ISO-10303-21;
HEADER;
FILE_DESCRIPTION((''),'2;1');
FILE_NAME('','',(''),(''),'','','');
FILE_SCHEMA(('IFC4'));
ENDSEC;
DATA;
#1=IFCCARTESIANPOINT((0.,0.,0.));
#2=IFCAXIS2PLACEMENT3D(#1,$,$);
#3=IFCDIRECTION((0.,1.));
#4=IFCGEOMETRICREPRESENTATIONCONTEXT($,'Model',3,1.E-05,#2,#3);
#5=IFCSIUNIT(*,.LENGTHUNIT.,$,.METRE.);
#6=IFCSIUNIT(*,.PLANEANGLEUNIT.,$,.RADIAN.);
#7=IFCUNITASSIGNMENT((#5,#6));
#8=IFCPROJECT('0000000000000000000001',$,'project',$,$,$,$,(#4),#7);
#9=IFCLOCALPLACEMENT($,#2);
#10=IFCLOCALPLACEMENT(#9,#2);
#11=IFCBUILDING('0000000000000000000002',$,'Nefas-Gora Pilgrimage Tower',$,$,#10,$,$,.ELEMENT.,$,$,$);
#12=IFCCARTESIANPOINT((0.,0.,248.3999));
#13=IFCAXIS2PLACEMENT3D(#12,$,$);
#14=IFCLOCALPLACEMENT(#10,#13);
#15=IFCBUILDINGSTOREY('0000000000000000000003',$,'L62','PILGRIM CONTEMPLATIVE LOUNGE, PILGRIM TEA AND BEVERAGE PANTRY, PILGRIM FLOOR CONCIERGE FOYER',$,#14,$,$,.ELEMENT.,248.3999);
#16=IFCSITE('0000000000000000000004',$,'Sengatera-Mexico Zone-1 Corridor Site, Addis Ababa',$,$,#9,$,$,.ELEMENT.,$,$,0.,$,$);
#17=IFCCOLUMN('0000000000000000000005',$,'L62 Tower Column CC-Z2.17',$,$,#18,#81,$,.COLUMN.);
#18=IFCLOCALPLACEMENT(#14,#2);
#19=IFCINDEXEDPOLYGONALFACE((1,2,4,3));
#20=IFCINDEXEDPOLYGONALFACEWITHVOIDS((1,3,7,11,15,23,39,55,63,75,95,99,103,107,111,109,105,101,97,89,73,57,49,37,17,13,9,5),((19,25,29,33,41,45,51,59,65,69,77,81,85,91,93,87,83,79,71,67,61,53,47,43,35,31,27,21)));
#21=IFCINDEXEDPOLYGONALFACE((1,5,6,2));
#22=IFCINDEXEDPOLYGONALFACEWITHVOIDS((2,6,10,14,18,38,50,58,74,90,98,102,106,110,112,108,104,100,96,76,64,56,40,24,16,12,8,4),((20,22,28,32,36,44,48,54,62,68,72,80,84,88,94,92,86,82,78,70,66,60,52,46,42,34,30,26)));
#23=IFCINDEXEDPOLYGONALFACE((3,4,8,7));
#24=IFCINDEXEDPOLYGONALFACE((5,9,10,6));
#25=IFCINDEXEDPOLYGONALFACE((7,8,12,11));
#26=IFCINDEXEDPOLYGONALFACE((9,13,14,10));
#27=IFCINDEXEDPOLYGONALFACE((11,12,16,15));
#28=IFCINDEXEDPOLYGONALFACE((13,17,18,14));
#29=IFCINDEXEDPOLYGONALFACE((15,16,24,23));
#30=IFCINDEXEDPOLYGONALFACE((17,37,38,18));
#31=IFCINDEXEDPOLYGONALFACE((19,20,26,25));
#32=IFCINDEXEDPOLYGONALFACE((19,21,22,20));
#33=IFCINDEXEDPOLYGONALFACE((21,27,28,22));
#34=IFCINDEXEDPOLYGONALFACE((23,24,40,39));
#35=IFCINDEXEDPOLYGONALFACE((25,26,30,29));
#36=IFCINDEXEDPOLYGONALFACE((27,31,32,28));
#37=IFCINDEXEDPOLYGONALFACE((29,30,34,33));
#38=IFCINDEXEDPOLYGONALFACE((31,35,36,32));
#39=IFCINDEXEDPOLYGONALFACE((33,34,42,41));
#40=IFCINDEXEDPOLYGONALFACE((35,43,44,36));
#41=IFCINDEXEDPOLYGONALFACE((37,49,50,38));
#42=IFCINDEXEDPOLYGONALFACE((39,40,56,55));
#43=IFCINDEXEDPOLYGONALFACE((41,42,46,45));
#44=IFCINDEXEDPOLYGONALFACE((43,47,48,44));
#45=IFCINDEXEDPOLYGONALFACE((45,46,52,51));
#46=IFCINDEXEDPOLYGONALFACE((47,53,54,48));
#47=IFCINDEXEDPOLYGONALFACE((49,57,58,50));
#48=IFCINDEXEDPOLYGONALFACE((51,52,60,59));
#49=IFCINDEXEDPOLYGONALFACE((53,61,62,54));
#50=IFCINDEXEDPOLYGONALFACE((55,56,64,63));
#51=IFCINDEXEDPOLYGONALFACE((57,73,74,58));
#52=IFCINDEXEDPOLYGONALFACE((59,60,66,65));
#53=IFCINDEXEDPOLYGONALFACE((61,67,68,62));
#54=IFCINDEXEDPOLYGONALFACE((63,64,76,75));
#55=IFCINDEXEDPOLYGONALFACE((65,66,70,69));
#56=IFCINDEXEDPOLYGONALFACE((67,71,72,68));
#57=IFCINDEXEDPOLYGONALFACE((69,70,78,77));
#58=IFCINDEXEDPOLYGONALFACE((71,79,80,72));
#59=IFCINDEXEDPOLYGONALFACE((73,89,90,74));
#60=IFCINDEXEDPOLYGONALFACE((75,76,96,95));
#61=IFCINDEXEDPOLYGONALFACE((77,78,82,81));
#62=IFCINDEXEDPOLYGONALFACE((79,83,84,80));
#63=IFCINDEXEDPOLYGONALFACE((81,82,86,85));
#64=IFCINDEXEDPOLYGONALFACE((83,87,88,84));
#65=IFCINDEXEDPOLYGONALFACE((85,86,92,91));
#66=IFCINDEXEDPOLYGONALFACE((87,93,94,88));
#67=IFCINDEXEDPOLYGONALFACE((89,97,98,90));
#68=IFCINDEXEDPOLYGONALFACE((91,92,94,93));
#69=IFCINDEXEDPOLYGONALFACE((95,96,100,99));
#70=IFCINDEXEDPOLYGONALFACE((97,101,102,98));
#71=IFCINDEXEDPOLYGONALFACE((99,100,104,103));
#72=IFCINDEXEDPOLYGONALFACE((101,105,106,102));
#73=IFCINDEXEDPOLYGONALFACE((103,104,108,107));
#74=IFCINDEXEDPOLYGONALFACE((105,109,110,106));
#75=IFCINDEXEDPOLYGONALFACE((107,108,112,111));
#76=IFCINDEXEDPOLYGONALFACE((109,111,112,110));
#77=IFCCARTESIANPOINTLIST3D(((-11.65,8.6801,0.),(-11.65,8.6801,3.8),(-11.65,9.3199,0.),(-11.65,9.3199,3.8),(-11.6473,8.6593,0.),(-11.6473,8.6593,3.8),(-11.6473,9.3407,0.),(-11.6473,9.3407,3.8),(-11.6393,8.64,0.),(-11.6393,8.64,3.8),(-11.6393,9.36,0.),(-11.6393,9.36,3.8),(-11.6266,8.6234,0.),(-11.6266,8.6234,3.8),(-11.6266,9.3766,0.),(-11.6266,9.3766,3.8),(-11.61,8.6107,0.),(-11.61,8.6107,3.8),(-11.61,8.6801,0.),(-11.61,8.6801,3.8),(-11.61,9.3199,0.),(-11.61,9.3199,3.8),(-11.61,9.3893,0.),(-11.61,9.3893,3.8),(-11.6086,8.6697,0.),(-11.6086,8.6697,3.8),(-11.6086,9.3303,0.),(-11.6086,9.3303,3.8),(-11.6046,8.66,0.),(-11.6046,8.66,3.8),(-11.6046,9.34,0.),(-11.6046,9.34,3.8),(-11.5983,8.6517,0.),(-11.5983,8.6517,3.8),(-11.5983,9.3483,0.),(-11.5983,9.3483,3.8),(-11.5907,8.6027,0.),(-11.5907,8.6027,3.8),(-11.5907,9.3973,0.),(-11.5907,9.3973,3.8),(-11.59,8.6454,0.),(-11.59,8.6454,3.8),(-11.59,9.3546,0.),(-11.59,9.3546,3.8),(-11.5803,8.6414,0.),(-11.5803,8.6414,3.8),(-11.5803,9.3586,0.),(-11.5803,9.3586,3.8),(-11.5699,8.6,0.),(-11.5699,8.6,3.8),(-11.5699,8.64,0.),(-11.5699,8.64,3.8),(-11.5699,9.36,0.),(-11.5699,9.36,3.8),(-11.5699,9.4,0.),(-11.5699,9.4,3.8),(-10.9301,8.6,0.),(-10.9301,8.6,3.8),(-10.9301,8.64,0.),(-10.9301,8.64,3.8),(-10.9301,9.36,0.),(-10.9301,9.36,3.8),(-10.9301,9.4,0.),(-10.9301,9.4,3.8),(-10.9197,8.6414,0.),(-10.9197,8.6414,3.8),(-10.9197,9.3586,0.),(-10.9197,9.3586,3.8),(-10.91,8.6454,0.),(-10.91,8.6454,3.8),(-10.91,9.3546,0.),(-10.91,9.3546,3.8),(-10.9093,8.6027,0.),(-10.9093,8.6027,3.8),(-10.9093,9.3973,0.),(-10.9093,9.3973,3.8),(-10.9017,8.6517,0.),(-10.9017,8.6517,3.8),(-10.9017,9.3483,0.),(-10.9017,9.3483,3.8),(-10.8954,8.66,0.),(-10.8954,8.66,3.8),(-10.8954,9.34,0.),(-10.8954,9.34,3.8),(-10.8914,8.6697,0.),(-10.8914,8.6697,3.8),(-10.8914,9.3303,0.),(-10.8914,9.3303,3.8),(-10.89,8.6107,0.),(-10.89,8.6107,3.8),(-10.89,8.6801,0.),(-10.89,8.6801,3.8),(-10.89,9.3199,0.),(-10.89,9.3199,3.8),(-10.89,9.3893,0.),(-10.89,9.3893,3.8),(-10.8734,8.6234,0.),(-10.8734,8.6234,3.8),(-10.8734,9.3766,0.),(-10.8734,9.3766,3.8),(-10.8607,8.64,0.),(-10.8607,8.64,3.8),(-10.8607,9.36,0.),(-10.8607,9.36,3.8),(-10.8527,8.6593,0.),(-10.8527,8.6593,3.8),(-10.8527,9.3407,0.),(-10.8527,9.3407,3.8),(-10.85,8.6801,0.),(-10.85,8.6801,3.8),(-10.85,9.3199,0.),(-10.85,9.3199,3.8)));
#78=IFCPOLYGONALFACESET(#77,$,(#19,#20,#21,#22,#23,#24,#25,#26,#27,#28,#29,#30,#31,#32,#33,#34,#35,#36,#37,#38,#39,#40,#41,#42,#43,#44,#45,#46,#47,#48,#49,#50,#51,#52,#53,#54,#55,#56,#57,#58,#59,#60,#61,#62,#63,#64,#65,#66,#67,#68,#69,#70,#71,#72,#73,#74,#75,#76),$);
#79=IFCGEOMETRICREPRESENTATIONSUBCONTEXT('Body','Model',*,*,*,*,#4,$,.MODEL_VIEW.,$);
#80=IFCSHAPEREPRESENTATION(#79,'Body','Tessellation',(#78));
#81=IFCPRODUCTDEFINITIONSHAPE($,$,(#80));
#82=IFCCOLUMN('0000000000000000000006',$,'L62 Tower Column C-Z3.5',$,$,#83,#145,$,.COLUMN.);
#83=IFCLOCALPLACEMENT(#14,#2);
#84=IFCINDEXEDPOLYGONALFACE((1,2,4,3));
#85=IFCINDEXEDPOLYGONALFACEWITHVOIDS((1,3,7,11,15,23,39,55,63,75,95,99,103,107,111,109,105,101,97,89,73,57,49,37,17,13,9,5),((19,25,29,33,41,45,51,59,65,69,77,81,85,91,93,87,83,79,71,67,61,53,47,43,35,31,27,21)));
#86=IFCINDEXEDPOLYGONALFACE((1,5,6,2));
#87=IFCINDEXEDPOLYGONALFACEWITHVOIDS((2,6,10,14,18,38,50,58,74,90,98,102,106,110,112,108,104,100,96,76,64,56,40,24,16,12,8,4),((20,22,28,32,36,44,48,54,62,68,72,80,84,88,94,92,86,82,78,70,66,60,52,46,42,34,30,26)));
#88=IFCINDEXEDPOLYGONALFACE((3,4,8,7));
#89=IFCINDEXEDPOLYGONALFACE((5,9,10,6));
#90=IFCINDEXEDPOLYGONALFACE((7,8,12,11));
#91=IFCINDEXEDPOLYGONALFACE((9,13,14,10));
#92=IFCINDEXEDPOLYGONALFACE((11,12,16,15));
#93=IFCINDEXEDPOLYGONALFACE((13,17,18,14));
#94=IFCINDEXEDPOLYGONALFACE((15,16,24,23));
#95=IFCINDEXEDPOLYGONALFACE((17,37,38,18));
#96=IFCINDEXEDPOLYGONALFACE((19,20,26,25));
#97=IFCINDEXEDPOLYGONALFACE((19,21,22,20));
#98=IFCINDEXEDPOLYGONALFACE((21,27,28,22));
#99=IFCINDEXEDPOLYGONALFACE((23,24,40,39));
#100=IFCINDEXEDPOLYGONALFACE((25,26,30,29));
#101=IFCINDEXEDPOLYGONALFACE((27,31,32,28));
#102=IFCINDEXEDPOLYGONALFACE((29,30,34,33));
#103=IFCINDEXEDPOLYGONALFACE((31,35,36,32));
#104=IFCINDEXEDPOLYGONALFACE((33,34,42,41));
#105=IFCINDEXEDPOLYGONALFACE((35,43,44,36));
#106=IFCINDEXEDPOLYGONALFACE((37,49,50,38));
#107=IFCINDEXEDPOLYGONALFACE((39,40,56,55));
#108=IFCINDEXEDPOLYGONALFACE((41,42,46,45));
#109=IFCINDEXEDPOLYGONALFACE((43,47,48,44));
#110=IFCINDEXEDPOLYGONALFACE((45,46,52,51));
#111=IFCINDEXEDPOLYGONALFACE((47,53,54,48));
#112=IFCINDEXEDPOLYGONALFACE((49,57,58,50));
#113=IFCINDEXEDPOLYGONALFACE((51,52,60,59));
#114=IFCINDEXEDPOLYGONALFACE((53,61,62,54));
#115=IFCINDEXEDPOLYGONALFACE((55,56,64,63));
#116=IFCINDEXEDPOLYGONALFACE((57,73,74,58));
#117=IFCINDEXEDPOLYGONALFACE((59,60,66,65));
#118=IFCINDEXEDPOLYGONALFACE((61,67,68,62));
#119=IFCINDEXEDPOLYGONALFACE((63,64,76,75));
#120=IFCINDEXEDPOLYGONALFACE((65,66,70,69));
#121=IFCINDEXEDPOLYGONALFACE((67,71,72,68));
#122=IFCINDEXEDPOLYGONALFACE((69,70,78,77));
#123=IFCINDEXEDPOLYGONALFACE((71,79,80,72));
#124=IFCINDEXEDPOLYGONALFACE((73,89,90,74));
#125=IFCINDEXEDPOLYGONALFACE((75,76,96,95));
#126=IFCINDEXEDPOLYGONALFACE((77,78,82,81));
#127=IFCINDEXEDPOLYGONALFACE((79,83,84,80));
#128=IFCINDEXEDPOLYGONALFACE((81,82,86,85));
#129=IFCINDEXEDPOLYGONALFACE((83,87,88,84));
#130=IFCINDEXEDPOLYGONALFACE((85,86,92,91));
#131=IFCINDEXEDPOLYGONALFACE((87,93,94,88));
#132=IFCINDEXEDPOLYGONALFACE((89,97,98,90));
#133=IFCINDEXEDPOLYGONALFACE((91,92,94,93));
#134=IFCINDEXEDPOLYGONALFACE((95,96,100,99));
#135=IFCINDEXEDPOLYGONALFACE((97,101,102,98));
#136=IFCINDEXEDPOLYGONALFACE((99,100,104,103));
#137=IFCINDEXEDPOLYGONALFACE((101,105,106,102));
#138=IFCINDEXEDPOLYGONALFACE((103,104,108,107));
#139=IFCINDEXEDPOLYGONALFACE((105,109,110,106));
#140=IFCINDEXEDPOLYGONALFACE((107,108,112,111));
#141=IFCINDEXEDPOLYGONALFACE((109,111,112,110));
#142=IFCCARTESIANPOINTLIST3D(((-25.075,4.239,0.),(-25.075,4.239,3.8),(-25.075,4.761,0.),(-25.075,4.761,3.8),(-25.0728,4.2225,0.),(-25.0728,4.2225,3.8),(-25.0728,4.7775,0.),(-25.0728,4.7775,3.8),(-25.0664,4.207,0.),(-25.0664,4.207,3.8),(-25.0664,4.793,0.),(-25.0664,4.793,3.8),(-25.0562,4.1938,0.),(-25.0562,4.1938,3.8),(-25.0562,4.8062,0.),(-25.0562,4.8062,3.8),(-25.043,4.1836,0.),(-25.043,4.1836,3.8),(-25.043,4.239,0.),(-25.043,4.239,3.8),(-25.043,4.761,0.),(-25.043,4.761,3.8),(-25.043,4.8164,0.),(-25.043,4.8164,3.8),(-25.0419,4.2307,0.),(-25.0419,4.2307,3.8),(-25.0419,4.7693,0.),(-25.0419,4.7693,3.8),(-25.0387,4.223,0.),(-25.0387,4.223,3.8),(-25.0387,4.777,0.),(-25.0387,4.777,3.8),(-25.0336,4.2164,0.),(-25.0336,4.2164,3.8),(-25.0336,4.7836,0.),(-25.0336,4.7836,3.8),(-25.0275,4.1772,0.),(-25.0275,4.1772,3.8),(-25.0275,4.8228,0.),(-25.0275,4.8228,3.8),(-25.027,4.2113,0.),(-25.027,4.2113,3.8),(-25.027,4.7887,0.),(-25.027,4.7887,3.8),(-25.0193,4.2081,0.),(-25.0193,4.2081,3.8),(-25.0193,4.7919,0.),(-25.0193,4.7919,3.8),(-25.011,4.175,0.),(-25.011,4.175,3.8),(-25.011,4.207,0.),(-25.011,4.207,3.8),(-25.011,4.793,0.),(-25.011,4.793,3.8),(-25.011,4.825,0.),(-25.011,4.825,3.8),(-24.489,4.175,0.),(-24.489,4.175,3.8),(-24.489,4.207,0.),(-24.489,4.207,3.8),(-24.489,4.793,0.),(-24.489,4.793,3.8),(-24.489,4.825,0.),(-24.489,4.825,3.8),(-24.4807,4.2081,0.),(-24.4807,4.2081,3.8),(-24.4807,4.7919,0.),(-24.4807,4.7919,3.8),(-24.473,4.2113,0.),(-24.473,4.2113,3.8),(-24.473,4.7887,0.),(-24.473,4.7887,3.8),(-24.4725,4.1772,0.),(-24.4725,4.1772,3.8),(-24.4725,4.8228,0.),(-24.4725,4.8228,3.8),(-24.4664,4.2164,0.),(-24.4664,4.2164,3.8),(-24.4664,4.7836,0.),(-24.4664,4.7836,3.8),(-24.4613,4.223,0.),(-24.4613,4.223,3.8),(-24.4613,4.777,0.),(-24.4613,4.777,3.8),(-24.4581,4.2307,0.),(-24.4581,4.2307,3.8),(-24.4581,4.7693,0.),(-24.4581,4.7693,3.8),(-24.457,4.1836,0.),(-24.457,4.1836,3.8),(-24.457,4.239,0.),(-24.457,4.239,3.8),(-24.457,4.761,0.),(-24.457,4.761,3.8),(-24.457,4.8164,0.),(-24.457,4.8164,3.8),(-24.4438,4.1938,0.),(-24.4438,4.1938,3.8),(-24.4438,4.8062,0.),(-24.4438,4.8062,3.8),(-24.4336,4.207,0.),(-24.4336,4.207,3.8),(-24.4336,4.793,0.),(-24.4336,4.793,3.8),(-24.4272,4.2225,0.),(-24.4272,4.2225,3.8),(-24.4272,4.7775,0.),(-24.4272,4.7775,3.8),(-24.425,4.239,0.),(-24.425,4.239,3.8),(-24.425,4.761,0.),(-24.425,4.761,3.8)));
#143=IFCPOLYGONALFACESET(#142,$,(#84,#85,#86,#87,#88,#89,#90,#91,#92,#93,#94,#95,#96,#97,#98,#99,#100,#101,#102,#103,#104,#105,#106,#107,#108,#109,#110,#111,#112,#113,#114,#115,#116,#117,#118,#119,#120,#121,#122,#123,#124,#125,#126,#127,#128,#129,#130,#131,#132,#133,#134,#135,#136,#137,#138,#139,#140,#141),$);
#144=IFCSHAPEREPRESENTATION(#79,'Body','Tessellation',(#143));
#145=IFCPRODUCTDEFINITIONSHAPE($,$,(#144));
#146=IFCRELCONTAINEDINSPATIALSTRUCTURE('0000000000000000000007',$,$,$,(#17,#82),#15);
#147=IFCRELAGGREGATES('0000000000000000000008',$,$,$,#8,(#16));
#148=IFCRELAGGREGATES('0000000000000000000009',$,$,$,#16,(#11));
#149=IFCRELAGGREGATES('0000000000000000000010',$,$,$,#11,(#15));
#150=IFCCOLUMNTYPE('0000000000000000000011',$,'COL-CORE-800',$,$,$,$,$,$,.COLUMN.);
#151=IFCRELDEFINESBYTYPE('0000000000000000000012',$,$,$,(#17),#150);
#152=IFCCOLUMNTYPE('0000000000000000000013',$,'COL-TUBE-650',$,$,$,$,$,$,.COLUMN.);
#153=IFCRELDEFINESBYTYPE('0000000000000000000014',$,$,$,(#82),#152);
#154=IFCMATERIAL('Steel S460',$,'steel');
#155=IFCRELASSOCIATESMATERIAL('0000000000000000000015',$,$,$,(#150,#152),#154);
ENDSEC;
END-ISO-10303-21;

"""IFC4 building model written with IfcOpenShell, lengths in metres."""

from ifc_helpers import new_model, si_unit, direction, frame, origin, origin_2d, place, context, subcontext, project, spatial, hollow_rectangle, extrude, source, transform, mapped, material, material_profile, profile_set, type_object, element, save


model = new_model("IFC4")

# Units and contexts
model_context = context("Model", 3, precision=1e-05, world=origin(), true_north=direction((0.0, 1.0)))
body_context = subcontext(model_context, "Body", "Model", "MODEL_VIEW")
ifc_project = project(units=[si_unit("LENGTHUNIT", "METRE"), si_unit("PLANEANGLEUNIT", "RADIAN")], contexts=[model_context])

# Site, building, storey
site_placement = place(None, origin())
site = spatial("IfcSite", under=ifc_project, at=site_placement, Name="Sengatera-Mexico Zone-1 Corridor Site, Addis Ababa", CompositionType="ELEMENT", RefElevation=0.0)
building_placement = place(site_placement, origin())
building = spatial("IfcBuilding", under=site, at=building_placement, Name="Nefas-Gora Pilgrimage Tower", CompositionType="ELEMENT")
storey_placement = place(building_placement, frame((0.0, 0.0, 248.3999)))
storey = spatial("IfcBuildingStorey", under=building, at=storey_placement, Name="L62", Description="PILGRIM CONTEMPLATIVE LOUNGE, PILGRIM TEA AND BEVERAGE PANTRY, PILGRIM FLOOR CONCIERGE FOYER", CompositionType="ELEMENT", Elevation=248.3999)

# Columns
ifc_material_1 = material(Name="Steel S460", Category="steel")
ifc_material_profile_1 = material_profile(ifc_material_1, hollow_rectangle(XDim=0.8, YDim=0.8, WallThickness=0.04, InnerFilletRadius=0.04, OuterFilletRadius=0.0801, at=origin_2d()), Name="BOX 800x800x40")
ifc_profile_set_1 = profile_set([ifc_material_profile_1], Name="Steel S460")
column_type_1 = type_object("IfcColumnType", Name="COL-CORE-800", PredefinedType="COLUMN", material=ifc_profile_set_1)
shared_shape_1 = source(origin(), body_context, "Body", "SweptSolid", [
    extrude(hollow_rectangle(XDim=0.8, YDim=0.8, WallThickness=0.04, InnerFilletRadius=0.04, OuterFilletRadius=0.0801, at=origin_2d()), origin(), (0.0, 0.0, 1.0), 3.8),
])
column_placement = place(storey_placement, frame((-11.25, 9.0, 0.0), z_axis=(0.0, 0.0, 1.0), x_axis=(1.0, 0.0, 0.0)))
element("IfcColumn", 1, at=column_placement, inside=storey, type_object=column_type_1, Name="L62 Tower Column CC-Z2.17", PredefinedType="COLUMN", context=body_context, shape_type="MappedRepresentation", body=[
    mapped(shared_shape_1, transform((0.0, 0.0, 0.0), x_axis=(1.0, 0.0, 0.0), y_axis=(0.0, 1.0, 0.0), z_axis=(0.0, 0.0, 1.0), scale=1.0)),
])
ifc_material_profile_2 = material_profile(ifc_material_1, hollow_rectangle(XDim=0.6499, YDim=0.6499, WallThickness=0.032, InnerFilletRadius=0.032, OuterFilletRadius=0.064, at=origin_2d()), Name="BOX 650x650x32")
ifc_profile_set_2 = profile_set([ifc_material_profile_2], Name="Steel S460")
column_type_2 = type_object("IfcColumnType", Name="COL-TUBE-650", PredefinedType="COLUMN", material=ifc_profile_set_2)
shared_shape_2 = source(origin(), body_context, "Body", "SweptSolid", [
    extrude(hollow_rectangle(XDim=0.6499, YDim=0.6499, WallThickness=0.032, InnerFilletRadius=0.032, OuterFilletRadius=0.064, at=origin_2d()), origin(), (0.0, 0.0, 1.0), 3.8),
])
for number, where, z_axis, x_axis, name in (
    (2, (-24.75, 4.5, 0.0), (0.0, 0.0, 1.0), (1.0, 0.0, 0.0), "L62 Tower Column C-Z3.5"),
):
    element("IfcColumn", number, at=place(storey_placement, frame(where, z_axis=z_axis, x_axis=x_axis)), inside=storey, type_object=column_type_2, Name=name, PredefinedType="COLUMN", context=body_context, shape_type="MappedRepresentation", body=[
        mapped(shared_shape_2, transform((0.0, 0.0, 0.0), x_axis=(1.0, 0.0, 0.0), y_axis=(0.0, 1.0, 0.0), z_axis=(0.0, 0.0, 1.0), scale=1.0)),
    ])

save(model, "model.ifc")
